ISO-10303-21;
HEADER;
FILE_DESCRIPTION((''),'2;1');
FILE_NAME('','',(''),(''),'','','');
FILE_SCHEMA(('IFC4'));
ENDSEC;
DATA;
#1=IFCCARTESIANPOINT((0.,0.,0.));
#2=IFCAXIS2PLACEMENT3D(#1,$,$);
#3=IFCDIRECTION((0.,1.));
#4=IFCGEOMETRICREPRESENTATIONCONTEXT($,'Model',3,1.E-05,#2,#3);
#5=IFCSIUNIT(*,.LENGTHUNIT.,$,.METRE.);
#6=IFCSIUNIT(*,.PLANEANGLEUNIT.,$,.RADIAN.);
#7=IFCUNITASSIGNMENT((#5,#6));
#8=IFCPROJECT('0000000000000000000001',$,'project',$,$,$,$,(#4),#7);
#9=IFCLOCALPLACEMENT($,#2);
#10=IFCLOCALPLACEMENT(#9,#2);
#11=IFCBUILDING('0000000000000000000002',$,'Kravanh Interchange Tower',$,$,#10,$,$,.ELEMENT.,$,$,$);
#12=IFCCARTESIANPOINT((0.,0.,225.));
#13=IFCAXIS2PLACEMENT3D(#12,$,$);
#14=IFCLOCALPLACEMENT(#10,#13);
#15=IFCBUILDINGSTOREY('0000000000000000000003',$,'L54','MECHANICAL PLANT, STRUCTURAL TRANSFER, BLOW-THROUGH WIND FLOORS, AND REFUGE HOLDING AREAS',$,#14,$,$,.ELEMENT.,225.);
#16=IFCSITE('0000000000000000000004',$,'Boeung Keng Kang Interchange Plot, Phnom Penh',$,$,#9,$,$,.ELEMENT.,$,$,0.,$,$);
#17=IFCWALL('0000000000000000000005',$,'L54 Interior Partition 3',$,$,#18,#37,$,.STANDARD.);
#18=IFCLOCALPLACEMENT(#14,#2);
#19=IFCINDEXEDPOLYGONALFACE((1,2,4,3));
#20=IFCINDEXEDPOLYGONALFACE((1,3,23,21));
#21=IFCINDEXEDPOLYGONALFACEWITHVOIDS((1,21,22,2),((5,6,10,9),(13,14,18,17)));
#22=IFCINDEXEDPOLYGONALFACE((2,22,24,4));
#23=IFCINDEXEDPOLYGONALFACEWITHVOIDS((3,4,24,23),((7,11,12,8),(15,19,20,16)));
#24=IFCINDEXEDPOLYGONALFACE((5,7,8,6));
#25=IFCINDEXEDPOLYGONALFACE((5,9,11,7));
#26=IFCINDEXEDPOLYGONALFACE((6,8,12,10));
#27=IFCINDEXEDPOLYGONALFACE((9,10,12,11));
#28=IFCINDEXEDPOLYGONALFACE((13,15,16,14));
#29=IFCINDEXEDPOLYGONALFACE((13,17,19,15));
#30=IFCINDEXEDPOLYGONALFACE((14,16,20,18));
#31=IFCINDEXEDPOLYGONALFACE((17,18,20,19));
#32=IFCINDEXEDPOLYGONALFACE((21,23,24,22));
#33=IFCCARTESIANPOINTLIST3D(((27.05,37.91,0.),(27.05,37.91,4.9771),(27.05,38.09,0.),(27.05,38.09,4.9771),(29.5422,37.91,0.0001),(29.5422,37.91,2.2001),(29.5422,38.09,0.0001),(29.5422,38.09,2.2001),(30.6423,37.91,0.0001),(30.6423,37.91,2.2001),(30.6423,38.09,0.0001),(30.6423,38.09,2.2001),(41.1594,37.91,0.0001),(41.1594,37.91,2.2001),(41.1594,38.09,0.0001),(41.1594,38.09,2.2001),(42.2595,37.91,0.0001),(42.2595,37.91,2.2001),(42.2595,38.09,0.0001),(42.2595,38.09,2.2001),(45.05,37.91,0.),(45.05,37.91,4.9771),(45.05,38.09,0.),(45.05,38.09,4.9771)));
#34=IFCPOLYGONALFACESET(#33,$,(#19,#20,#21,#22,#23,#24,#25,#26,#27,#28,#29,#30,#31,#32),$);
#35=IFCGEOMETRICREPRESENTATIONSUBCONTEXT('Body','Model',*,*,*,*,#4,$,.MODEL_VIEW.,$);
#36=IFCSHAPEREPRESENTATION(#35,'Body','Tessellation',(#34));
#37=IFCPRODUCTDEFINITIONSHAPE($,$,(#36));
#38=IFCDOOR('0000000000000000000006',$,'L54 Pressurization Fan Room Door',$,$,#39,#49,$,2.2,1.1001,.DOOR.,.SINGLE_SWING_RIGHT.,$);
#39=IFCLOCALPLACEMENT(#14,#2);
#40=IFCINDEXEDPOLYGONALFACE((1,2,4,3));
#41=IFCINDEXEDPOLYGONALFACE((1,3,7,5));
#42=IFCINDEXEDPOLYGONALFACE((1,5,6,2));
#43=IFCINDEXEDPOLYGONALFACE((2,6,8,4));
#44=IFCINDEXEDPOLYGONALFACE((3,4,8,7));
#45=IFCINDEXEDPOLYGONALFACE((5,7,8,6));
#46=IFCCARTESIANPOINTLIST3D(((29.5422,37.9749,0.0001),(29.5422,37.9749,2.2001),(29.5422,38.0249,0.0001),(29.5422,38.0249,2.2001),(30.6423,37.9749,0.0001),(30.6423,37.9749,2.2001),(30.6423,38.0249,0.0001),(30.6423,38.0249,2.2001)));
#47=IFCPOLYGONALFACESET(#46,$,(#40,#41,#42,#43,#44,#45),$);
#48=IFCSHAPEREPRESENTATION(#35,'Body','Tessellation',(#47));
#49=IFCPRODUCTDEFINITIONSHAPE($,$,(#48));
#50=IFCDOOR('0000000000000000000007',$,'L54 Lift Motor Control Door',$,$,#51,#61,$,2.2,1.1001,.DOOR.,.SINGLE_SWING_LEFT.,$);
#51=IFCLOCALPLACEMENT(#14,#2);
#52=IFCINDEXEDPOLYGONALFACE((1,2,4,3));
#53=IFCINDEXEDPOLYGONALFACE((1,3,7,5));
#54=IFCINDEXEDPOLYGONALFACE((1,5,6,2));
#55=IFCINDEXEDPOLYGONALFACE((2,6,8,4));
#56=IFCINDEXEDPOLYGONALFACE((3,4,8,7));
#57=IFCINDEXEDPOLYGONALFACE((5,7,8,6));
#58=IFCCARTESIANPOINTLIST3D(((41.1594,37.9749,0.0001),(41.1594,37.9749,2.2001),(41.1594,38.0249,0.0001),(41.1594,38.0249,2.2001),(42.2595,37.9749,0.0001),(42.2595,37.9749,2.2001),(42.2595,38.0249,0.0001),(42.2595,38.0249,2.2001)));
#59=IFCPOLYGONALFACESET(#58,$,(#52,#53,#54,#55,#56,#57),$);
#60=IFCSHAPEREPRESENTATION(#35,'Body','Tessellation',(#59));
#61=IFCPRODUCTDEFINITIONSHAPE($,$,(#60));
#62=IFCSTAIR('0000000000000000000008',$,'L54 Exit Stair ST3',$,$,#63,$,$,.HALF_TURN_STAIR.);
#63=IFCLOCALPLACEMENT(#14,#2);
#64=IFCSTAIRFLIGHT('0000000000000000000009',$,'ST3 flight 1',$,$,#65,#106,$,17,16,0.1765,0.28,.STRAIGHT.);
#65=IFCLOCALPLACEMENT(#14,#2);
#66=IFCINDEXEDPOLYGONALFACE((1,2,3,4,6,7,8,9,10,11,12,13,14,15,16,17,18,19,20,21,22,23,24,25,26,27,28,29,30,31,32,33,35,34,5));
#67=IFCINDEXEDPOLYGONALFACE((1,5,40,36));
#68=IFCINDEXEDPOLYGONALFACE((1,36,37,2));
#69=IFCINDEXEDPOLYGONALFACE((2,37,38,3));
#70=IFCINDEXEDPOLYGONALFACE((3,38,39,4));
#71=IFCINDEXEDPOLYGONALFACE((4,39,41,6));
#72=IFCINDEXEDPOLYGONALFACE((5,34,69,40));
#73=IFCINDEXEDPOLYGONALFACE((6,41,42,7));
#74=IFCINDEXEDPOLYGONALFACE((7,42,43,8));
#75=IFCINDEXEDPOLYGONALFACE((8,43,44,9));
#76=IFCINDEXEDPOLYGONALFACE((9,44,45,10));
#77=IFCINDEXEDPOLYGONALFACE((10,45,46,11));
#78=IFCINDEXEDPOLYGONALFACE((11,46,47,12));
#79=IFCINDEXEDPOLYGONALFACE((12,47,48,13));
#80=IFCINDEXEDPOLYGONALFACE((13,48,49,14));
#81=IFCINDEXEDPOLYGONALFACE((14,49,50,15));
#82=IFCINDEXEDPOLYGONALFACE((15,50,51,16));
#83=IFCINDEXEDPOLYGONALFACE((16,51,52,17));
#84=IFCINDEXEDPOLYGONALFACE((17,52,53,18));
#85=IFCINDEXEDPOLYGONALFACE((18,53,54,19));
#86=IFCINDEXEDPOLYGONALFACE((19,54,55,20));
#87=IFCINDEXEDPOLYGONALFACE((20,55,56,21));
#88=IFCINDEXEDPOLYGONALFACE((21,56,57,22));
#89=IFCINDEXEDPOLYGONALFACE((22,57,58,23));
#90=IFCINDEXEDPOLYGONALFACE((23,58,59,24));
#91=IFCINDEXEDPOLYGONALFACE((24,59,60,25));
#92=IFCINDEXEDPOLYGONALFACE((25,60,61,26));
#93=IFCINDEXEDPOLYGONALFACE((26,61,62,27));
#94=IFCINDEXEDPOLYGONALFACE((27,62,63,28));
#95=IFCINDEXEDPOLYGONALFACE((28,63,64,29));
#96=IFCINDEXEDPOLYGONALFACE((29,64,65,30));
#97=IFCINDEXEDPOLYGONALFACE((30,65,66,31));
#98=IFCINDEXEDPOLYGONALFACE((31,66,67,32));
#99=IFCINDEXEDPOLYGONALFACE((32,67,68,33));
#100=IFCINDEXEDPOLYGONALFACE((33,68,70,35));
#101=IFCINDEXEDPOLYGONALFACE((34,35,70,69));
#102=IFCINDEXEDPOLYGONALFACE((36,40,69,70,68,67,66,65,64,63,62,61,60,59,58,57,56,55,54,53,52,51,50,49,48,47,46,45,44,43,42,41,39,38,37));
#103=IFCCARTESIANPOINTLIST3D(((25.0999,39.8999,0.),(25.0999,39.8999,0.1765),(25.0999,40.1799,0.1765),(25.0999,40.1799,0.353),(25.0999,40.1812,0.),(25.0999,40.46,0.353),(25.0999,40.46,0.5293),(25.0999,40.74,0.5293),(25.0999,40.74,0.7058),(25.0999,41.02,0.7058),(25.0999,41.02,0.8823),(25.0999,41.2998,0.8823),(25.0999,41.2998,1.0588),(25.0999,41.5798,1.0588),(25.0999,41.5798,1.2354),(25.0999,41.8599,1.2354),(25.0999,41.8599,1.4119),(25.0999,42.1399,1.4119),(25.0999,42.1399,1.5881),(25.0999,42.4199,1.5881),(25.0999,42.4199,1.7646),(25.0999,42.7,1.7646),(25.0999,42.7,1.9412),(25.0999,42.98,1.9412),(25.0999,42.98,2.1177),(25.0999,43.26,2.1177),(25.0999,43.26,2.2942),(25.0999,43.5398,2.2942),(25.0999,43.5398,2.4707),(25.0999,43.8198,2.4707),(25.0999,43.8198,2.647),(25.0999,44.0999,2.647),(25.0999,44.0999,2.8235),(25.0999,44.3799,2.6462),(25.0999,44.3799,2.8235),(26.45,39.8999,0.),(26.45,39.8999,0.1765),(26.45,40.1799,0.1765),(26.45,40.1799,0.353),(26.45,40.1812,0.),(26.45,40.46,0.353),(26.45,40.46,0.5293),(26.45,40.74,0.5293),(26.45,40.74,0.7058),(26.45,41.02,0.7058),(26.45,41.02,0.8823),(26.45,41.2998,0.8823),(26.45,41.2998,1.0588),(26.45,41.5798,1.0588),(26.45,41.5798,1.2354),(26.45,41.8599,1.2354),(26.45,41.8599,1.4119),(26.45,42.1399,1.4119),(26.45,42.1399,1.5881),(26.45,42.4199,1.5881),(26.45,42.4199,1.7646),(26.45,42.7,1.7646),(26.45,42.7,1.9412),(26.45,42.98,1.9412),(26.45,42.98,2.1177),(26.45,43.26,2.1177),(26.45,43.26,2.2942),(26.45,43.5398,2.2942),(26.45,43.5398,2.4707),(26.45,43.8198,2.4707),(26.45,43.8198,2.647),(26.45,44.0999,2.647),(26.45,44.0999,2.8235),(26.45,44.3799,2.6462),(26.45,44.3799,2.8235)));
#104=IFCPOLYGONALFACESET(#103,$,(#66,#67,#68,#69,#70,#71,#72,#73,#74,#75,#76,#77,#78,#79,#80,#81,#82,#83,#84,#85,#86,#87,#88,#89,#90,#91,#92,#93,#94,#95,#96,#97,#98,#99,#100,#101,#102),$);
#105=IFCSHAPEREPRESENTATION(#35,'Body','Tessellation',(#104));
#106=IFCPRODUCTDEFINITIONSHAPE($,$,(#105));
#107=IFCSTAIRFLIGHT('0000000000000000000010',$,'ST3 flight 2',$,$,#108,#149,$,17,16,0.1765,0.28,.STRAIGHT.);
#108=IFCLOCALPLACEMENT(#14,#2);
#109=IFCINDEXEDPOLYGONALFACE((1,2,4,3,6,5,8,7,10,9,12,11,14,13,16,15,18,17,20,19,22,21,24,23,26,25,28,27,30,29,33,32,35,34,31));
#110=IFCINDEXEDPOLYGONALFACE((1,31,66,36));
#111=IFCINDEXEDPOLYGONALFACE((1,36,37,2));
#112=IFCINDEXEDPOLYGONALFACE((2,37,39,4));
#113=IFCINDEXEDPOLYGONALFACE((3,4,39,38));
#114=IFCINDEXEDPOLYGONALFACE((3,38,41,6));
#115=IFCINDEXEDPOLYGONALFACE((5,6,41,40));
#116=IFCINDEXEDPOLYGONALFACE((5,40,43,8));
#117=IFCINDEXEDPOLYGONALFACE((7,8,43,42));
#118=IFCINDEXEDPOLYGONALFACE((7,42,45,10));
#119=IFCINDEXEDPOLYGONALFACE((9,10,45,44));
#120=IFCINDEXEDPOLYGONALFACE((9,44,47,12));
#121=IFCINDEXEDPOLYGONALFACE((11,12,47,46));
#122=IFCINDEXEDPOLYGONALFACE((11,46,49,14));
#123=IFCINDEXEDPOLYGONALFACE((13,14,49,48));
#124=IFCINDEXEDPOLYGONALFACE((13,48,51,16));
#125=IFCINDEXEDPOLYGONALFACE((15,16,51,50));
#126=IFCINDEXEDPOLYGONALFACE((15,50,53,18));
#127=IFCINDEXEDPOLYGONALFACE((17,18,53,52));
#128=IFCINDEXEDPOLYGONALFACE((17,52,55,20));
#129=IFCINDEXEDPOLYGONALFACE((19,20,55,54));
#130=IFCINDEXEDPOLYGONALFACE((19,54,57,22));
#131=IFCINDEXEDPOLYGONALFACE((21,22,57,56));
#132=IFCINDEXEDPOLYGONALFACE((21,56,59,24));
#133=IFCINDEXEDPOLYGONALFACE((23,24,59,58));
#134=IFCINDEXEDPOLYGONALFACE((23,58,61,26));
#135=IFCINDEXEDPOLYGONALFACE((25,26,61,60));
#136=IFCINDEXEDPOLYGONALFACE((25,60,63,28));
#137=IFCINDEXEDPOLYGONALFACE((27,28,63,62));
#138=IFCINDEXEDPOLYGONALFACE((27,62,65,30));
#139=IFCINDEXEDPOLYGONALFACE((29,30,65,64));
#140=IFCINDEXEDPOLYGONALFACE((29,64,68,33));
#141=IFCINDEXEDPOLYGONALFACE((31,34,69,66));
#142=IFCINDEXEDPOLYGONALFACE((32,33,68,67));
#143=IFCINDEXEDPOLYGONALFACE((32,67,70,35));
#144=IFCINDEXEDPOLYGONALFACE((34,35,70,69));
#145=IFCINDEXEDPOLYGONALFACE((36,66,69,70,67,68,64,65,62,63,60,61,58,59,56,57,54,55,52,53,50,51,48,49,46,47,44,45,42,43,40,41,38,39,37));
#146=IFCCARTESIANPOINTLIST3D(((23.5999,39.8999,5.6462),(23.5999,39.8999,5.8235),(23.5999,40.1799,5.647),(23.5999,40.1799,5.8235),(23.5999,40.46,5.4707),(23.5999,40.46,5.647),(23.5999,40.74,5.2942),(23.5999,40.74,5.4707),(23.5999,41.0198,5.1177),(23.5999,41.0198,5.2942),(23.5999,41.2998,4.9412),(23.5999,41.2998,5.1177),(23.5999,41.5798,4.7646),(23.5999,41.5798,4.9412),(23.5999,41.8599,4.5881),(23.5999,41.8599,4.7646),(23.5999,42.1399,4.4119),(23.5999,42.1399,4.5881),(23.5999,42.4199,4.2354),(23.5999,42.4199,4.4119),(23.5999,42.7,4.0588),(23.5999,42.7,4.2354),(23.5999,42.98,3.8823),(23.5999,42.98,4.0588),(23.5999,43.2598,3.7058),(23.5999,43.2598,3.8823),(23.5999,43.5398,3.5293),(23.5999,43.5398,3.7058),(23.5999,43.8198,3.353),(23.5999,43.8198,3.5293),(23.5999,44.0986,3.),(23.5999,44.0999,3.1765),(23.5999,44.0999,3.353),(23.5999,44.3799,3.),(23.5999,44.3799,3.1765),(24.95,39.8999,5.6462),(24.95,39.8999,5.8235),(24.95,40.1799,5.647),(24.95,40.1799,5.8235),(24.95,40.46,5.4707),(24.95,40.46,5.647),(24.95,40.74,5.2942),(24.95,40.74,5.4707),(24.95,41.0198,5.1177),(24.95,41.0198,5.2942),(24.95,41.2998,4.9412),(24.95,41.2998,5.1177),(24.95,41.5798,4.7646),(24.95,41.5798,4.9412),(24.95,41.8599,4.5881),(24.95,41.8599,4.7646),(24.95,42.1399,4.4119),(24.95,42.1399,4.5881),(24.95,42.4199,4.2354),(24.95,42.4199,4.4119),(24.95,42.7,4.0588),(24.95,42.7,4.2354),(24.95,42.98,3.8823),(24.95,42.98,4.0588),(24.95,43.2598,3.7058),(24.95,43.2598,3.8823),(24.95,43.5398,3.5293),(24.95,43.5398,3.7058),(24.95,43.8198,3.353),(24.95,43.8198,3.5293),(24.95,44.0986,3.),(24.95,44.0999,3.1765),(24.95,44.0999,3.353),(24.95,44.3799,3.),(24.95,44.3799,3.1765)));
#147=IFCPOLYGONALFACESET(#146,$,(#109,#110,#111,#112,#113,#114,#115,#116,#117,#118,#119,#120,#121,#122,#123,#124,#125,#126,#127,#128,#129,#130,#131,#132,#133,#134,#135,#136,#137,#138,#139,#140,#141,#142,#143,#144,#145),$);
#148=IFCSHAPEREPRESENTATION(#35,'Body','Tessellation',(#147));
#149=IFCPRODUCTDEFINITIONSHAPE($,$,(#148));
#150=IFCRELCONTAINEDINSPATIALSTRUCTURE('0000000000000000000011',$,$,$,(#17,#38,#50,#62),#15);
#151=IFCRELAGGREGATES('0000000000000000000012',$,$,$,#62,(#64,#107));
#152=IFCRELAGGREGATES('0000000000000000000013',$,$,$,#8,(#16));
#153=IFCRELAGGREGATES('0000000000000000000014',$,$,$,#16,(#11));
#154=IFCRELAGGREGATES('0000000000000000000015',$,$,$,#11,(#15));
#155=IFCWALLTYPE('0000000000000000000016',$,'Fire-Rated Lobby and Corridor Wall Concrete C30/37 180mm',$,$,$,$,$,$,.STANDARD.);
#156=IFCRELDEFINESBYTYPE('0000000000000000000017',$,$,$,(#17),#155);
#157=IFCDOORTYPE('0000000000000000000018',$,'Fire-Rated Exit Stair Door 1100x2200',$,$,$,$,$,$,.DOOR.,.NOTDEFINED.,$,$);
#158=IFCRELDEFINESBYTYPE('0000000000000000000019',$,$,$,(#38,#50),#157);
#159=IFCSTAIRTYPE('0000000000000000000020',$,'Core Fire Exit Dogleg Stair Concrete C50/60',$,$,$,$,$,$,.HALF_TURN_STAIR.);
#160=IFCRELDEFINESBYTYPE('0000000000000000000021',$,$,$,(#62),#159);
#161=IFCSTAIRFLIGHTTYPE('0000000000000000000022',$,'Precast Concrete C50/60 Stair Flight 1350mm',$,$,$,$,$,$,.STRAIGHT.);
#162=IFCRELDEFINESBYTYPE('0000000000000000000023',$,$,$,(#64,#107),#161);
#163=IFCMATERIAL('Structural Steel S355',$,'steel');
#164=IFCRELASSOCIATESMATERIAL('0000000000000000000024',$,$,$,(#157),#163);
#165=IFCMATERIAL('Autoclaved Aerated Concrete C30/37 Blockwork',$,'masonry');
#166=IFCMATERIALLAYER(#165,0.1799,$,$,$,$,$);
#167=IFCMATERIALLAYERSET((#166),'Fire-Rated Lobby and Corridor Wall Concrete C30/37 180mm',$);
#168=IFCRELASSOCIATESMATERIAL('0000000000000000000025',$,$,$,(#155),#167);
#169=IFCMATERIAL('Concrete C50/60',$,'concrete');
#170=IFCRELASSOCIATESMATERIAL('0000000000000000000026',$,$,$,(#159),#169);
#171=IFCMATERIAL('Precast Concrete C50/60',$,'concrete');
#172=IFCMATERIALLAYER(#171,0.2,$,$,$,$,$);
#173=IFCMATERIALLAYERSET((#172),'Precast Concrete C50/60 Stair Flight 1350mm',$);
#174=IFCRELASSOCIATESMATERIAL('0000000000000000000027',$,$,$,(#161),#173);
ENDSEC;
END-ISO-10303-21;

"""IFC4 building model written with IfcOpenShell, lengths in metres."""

from ifc_helpers import new_model, si_unit, direction, frame, frame_2d, origin, place, context, subcontext, project, spatial, polyline, rectangle, outline, extrude, material, layer, layer_set, type_object, element, fill, aggregate, save


model = new_model("IFC4")

# Units and contexts
model_context = context("Model", 3, precision=1e-05, world=origin(), true_north=direction((0.0, 1.0)))
body_context = subcontext(model_context, "Body", "Model", "MODEL_VIEW")
ifc_project = project(units=[si_unit("LENGTHUNIT", "METRE"), si_unit("PLANEANGLEUNIT", "RADIAN")], contexts=[model_context])

# Site, building, storey
site_placement = place(None, origin())
site = spatial("IfcSite", under=ifc_project, at=site_placement, Name="Boeung Keng Kang Interchange Plot, Phnom Penh", CompositionType="ELEMENT", RefElevation=0.0)
building_placement = place(site_placement, origin())
building = spatial("IfcBuilding", under=site, at=building_placement, Name="Kravanh Interchange Tower", CompositionType="ELEMENT")
storey_placement = place(building_placement, frame((0.0, 0.0, 225.0)))
storey = spatial("IfcBuildingStorey", under=building, at=storey_placement, Name="L54", Description="MECHANICAL PLANT, STRUCTURAL TRANSFER, BLOW-THROUGH WIND FLOORS, AND REFUGE HOLDING AREAS", CompositionType="ELEMENT", Elevation=225.0)

# Shared definitions
ifc_material_1 = material(Name="Structural Steel S355", Category="steel")
door_type = type_object("IfcDoorType", Name="Fire-Rated Exit Stair Door 1100x2200", OperationType="NOTDEFINED", PredefinedType="DOOR", material=ifc_material_1)

# Wall, openings, doors
ifc_material_2 = material(Name="Autoclaved Aerated Concrete C30/37 Blockwork", Category="masonry")
ifc_layer_1 = layer(ifc_material_2, 0.1799)
ifc_layer_set_1 = layer_set([ifc_layer_1], Name="Fire-Rated Lobby and Corridor Wall Concrete C30/37 180mm")
wall_type_1 = type_object("IfcWallType", Name="Fire-Rated Lobby and Corridor Wall Concrete C30/37 180mm", PredefinedType="STANDARD", material=ifc_layer_set_1)
wall_1_placement = place(storey_placement, frame((27.05, 38.0, 0.0), z_axis=(0.0, 0.0, 1.0), x_axis=(1.0, 0.0, 0.0)))
wall_1 = element("IfcWall", 1, at=wall_1_placement, inside=storey, type_object=wall_type_1, Name="L54 Interior Partition 3", PredefinedType="STANDARD", context=body_context, shape_type="SweptSolid", body=[
    extrude(rectangle(XDim=18.0, YDim=0.1799, at=frame_2d((9.0, 0.0))), origin(), (0.0, 0.0, 1.0), 4.9771),
])
opening_1_placement = place(wall_1_placement, frame((2.4922, 0.0, 0.0)))
opening_1 = element("IfcOpeningElement", 2, at=opening_1_placement, cuts=wall_1, PredefinedType="OPENING", context=body_context, shape_type="SweptSolid", body=[
    extrude(rectangle(XDim=1.1001, YDim=2.2, at=frame_2d((0.55, 1.1001))), frame((0.0, 0.1001, 0.0), z_axis=(0.0, -1.0, 0.0), x_axis=(1.0, 0.0, 0.0)), (0.0, 0.0, 1.0), 0.2),
])
opening_2_placement = place(wall_1_placement, frame((14.1094, 0.0, 0.0)))
opening_2 = element("IfcOpeningElement", 3, at=opening_2_placement, cuts=wall_1, PredefinedType="OPENING", context=body_context, shape_type="SweptSolid", body=[
    extrude(rectangle(XDim=1.1001, YDim=2.2, at=frame_2d((0.55, 1.1001))), frame((0.0, 0.1001, 0.0), z_axis=(0.0, -1.0, 0.0), x_axis=(1.0, 0.0, 0.0)), (0.0, 0.0, 1.0), 0.2),
])
door_1_placement = place(opening_1_placement, origin())
door_1 = element("IfcDoor", 4, at=door_1_placement, inside=storey, type_object=door_type, Name="L54 Pressurization Fan Room Door", OperationType="SINGLE_SWING_RIGHT", OverallHeight=2.2, OverallWidth=1.1001, PredefinedType="DOOR", context=body_context, shape_type="SweptSolid", body=[
    extrude(rectangle(XDim=1.1001, YDim=2.2, at=frame_2d((0.55, 1.1001))), frame((0.0, 0.0249, 0.0), z_axis=(0.0, -1.0, 0.0), x_axis=(1.0, 0.0, 0.0)), (0.0, 0.0, 1.0), 0.05),
])
fill(opening_1, door_1)
door_2_placement = place(opening_2_placement, origin())
door_2 = element("IfcDoor", 5, at=door_2_placement, inside=storey, type_object=door_type, Name="L54 Lift Motor Control Door", OperationType="SINGLE_SWING_LEFT", OverallHeight=2.2, OverallWidth=1.1001, PredefinedType="DOOR", context=body_context, shape_type="SweptSolid", body=[
    extrude(rectangle(XDim=1.1001, YDim=2.2, at=frame_2d((0.55, 1.1001))), frame((0.0, 0.0249, 0.0), z_axis=(0.0, -1.0, 0.0), x_axis=(1.0, 0.0, 0.0)), (0.0, 0.0, 1.0), 0.05),
])
fill(opening_2, door_2)

# Stair, stair flights
ifc_material_3 = material(Name="Concrete C50/60", Category="concrete")
stair_type = type_object("IfcStairType", Name="Core Fire Exit Dogleg Stair Concrete C50/60", PredefinedType="HALF_TURN_STAIR", material=ifc_material_3)
stair_placement = place(storey_placement, origin())
stair = element("IfcStair", 6, at=stair_placement, inside=storey, type_object=stair_type, Name="L54 Exit Stair ST3", PredefinedType="HALF_TURN_STAIR")
ifc_material_4 = material(Name="Precast Concrete C50/60", Category="concrete")
ifc_layer_2 = layer(ifc_material_4, 0.2)
ifc_layer_set_2 = layer_set([ifc_layer_2], Name="Precast Concrete C50/60 Stair Flight 1350mm")
stair_flight_type = type_object("IfcStairFlightType", Name="Precast Concrete C50/60 Stair Flight 1350mm", PredefinedType="STRAIGHT", material=ifc_layer_set_2)
stair_flight_1_placement = place(storey_placement, frame((25.7749, 39.8999, 0.0), z_axis=(0.0, 0.0, 1.0), x_axis=(0.0, 1.0, 0.0)))
stair_flight_1 = element("IfcStairFlight", 7, at=stair_flight_1_placement, type_object=stair_flight_type, Name="ST3 flight 1", NumberOfRisers=17, NumberOfTreads=16, PredefinedType="STRAIGHT", RiserHeight=0.1765, TreadLength=0.28, context=body_context, shape_type="SweptSolid", body=[
    extrude(outline(polyline([(0.0, 0.0), (0.0, 0.1765), (0.28, 0.1765), (0.28, 0.353), (0.5601, 0.353), (0.5601, 0.5293), (0.8401, 0.5293), (0.8401, 0.7058), (1.1201, 0.7058), (1.1201, 0.8823), (1.3999, 0.8823), (1.3999, 1.0588), (1.6799, 1.0588), (1.6799, 1.2354), (1.96, 1.2354), (1.96, 1.4119), (2.24, 1.4119), (2.24, 1.5881), (2.52, 1.5881), (2.52, 1.7646), (2.8, 1.7646), (2.8, 1.9412), (3.0801, 1.9412), (3.0801, 2.1177), (3.3601, 2.1177), (3.3601, 2.2942), (3.6399, 2.2942), (3.6399, 2.4707), (3.9199, 2.4707), (3.9199, 2.647), (4.2, 2.647), (4.2, 2.8235), (4.48, 2.8235), (4.48, 3.0), (4.48, 2.6462), (0.2812, 0.0), (0.0, 0.0)])), frame((0.0, 0.675, 0.0), z_axis=(0.0, -1.0, 0.0), x_axis=(1.0, 0.0, 0.0)), (0.0, 0.0, 1.0), 1.3501),
])
stair_flight_2_placement = place(storey_placement, frame((24.2749, 44.3799, 3.0), z_axis=(0.0, 0.0, 1.0), x_axis=(0.0, -1.0, 0.0)))
stair_flight_2 = element("IfcStairFlight", 8, at=stair_flight_2_placement, type_object=stair_flight_type, Name="ST3 flight 2", NumberOfRisers=17, NumberOfTreads=16, PredefinedType="STRAIGHT", RiserHeight=0.1765, TreadLength=0.28, context=body_context, shape_type="SweptSolid", body=[
    extrude(outline(polyline([(0.0, 0.0), (0.0, 0.1765), (0.28, 0.1765), (0.28, 0.353), (0.5601, 0.353), (0.5601, 0.5293), (0.8401, 0.5293), (0.8401, 0.7058), (1.1201, 0.7058), (1.1201, 0.8823), (1.3999, 0.8823), (1.3999, 1.0588), (1.6799, 1.0588), (1.6799, 1.2354), (1.96, 1.2354), (1.96, 1.4119), (2.24, 1.4119), (2.24, 1.5881), (2.52, 1.5881), (2.52, 1.7646), (2.8, 1.7646), (2.8, 1.9412), (3.0801, 1.9412), (3.0801, 2.1177), (3.3601, 2.1177), (3.3601, 2.2942), (3.6399, 2.2942), (3.6399, 2.4707), (3.9199, 2.4707), (3.9199, 2.647), (4.2, 2.647), (4.2, 2.8235), (4.48, 2.8235), (4.48, 3.0), (4.48, 2.6462), (0.2812, 0.0), (0.0, 0.0)])), frame((0.0, 0.675, 0.0), z_axis=(0.0, -1.0, 0.0), x_axis=(1.0, 0.0, 0.0)), (0.0, 0.0, 1.0), 1.3501),
])
aggregate(stair, [stair_flight_1, stair_flight_2])

save(model, "model.ifc")
